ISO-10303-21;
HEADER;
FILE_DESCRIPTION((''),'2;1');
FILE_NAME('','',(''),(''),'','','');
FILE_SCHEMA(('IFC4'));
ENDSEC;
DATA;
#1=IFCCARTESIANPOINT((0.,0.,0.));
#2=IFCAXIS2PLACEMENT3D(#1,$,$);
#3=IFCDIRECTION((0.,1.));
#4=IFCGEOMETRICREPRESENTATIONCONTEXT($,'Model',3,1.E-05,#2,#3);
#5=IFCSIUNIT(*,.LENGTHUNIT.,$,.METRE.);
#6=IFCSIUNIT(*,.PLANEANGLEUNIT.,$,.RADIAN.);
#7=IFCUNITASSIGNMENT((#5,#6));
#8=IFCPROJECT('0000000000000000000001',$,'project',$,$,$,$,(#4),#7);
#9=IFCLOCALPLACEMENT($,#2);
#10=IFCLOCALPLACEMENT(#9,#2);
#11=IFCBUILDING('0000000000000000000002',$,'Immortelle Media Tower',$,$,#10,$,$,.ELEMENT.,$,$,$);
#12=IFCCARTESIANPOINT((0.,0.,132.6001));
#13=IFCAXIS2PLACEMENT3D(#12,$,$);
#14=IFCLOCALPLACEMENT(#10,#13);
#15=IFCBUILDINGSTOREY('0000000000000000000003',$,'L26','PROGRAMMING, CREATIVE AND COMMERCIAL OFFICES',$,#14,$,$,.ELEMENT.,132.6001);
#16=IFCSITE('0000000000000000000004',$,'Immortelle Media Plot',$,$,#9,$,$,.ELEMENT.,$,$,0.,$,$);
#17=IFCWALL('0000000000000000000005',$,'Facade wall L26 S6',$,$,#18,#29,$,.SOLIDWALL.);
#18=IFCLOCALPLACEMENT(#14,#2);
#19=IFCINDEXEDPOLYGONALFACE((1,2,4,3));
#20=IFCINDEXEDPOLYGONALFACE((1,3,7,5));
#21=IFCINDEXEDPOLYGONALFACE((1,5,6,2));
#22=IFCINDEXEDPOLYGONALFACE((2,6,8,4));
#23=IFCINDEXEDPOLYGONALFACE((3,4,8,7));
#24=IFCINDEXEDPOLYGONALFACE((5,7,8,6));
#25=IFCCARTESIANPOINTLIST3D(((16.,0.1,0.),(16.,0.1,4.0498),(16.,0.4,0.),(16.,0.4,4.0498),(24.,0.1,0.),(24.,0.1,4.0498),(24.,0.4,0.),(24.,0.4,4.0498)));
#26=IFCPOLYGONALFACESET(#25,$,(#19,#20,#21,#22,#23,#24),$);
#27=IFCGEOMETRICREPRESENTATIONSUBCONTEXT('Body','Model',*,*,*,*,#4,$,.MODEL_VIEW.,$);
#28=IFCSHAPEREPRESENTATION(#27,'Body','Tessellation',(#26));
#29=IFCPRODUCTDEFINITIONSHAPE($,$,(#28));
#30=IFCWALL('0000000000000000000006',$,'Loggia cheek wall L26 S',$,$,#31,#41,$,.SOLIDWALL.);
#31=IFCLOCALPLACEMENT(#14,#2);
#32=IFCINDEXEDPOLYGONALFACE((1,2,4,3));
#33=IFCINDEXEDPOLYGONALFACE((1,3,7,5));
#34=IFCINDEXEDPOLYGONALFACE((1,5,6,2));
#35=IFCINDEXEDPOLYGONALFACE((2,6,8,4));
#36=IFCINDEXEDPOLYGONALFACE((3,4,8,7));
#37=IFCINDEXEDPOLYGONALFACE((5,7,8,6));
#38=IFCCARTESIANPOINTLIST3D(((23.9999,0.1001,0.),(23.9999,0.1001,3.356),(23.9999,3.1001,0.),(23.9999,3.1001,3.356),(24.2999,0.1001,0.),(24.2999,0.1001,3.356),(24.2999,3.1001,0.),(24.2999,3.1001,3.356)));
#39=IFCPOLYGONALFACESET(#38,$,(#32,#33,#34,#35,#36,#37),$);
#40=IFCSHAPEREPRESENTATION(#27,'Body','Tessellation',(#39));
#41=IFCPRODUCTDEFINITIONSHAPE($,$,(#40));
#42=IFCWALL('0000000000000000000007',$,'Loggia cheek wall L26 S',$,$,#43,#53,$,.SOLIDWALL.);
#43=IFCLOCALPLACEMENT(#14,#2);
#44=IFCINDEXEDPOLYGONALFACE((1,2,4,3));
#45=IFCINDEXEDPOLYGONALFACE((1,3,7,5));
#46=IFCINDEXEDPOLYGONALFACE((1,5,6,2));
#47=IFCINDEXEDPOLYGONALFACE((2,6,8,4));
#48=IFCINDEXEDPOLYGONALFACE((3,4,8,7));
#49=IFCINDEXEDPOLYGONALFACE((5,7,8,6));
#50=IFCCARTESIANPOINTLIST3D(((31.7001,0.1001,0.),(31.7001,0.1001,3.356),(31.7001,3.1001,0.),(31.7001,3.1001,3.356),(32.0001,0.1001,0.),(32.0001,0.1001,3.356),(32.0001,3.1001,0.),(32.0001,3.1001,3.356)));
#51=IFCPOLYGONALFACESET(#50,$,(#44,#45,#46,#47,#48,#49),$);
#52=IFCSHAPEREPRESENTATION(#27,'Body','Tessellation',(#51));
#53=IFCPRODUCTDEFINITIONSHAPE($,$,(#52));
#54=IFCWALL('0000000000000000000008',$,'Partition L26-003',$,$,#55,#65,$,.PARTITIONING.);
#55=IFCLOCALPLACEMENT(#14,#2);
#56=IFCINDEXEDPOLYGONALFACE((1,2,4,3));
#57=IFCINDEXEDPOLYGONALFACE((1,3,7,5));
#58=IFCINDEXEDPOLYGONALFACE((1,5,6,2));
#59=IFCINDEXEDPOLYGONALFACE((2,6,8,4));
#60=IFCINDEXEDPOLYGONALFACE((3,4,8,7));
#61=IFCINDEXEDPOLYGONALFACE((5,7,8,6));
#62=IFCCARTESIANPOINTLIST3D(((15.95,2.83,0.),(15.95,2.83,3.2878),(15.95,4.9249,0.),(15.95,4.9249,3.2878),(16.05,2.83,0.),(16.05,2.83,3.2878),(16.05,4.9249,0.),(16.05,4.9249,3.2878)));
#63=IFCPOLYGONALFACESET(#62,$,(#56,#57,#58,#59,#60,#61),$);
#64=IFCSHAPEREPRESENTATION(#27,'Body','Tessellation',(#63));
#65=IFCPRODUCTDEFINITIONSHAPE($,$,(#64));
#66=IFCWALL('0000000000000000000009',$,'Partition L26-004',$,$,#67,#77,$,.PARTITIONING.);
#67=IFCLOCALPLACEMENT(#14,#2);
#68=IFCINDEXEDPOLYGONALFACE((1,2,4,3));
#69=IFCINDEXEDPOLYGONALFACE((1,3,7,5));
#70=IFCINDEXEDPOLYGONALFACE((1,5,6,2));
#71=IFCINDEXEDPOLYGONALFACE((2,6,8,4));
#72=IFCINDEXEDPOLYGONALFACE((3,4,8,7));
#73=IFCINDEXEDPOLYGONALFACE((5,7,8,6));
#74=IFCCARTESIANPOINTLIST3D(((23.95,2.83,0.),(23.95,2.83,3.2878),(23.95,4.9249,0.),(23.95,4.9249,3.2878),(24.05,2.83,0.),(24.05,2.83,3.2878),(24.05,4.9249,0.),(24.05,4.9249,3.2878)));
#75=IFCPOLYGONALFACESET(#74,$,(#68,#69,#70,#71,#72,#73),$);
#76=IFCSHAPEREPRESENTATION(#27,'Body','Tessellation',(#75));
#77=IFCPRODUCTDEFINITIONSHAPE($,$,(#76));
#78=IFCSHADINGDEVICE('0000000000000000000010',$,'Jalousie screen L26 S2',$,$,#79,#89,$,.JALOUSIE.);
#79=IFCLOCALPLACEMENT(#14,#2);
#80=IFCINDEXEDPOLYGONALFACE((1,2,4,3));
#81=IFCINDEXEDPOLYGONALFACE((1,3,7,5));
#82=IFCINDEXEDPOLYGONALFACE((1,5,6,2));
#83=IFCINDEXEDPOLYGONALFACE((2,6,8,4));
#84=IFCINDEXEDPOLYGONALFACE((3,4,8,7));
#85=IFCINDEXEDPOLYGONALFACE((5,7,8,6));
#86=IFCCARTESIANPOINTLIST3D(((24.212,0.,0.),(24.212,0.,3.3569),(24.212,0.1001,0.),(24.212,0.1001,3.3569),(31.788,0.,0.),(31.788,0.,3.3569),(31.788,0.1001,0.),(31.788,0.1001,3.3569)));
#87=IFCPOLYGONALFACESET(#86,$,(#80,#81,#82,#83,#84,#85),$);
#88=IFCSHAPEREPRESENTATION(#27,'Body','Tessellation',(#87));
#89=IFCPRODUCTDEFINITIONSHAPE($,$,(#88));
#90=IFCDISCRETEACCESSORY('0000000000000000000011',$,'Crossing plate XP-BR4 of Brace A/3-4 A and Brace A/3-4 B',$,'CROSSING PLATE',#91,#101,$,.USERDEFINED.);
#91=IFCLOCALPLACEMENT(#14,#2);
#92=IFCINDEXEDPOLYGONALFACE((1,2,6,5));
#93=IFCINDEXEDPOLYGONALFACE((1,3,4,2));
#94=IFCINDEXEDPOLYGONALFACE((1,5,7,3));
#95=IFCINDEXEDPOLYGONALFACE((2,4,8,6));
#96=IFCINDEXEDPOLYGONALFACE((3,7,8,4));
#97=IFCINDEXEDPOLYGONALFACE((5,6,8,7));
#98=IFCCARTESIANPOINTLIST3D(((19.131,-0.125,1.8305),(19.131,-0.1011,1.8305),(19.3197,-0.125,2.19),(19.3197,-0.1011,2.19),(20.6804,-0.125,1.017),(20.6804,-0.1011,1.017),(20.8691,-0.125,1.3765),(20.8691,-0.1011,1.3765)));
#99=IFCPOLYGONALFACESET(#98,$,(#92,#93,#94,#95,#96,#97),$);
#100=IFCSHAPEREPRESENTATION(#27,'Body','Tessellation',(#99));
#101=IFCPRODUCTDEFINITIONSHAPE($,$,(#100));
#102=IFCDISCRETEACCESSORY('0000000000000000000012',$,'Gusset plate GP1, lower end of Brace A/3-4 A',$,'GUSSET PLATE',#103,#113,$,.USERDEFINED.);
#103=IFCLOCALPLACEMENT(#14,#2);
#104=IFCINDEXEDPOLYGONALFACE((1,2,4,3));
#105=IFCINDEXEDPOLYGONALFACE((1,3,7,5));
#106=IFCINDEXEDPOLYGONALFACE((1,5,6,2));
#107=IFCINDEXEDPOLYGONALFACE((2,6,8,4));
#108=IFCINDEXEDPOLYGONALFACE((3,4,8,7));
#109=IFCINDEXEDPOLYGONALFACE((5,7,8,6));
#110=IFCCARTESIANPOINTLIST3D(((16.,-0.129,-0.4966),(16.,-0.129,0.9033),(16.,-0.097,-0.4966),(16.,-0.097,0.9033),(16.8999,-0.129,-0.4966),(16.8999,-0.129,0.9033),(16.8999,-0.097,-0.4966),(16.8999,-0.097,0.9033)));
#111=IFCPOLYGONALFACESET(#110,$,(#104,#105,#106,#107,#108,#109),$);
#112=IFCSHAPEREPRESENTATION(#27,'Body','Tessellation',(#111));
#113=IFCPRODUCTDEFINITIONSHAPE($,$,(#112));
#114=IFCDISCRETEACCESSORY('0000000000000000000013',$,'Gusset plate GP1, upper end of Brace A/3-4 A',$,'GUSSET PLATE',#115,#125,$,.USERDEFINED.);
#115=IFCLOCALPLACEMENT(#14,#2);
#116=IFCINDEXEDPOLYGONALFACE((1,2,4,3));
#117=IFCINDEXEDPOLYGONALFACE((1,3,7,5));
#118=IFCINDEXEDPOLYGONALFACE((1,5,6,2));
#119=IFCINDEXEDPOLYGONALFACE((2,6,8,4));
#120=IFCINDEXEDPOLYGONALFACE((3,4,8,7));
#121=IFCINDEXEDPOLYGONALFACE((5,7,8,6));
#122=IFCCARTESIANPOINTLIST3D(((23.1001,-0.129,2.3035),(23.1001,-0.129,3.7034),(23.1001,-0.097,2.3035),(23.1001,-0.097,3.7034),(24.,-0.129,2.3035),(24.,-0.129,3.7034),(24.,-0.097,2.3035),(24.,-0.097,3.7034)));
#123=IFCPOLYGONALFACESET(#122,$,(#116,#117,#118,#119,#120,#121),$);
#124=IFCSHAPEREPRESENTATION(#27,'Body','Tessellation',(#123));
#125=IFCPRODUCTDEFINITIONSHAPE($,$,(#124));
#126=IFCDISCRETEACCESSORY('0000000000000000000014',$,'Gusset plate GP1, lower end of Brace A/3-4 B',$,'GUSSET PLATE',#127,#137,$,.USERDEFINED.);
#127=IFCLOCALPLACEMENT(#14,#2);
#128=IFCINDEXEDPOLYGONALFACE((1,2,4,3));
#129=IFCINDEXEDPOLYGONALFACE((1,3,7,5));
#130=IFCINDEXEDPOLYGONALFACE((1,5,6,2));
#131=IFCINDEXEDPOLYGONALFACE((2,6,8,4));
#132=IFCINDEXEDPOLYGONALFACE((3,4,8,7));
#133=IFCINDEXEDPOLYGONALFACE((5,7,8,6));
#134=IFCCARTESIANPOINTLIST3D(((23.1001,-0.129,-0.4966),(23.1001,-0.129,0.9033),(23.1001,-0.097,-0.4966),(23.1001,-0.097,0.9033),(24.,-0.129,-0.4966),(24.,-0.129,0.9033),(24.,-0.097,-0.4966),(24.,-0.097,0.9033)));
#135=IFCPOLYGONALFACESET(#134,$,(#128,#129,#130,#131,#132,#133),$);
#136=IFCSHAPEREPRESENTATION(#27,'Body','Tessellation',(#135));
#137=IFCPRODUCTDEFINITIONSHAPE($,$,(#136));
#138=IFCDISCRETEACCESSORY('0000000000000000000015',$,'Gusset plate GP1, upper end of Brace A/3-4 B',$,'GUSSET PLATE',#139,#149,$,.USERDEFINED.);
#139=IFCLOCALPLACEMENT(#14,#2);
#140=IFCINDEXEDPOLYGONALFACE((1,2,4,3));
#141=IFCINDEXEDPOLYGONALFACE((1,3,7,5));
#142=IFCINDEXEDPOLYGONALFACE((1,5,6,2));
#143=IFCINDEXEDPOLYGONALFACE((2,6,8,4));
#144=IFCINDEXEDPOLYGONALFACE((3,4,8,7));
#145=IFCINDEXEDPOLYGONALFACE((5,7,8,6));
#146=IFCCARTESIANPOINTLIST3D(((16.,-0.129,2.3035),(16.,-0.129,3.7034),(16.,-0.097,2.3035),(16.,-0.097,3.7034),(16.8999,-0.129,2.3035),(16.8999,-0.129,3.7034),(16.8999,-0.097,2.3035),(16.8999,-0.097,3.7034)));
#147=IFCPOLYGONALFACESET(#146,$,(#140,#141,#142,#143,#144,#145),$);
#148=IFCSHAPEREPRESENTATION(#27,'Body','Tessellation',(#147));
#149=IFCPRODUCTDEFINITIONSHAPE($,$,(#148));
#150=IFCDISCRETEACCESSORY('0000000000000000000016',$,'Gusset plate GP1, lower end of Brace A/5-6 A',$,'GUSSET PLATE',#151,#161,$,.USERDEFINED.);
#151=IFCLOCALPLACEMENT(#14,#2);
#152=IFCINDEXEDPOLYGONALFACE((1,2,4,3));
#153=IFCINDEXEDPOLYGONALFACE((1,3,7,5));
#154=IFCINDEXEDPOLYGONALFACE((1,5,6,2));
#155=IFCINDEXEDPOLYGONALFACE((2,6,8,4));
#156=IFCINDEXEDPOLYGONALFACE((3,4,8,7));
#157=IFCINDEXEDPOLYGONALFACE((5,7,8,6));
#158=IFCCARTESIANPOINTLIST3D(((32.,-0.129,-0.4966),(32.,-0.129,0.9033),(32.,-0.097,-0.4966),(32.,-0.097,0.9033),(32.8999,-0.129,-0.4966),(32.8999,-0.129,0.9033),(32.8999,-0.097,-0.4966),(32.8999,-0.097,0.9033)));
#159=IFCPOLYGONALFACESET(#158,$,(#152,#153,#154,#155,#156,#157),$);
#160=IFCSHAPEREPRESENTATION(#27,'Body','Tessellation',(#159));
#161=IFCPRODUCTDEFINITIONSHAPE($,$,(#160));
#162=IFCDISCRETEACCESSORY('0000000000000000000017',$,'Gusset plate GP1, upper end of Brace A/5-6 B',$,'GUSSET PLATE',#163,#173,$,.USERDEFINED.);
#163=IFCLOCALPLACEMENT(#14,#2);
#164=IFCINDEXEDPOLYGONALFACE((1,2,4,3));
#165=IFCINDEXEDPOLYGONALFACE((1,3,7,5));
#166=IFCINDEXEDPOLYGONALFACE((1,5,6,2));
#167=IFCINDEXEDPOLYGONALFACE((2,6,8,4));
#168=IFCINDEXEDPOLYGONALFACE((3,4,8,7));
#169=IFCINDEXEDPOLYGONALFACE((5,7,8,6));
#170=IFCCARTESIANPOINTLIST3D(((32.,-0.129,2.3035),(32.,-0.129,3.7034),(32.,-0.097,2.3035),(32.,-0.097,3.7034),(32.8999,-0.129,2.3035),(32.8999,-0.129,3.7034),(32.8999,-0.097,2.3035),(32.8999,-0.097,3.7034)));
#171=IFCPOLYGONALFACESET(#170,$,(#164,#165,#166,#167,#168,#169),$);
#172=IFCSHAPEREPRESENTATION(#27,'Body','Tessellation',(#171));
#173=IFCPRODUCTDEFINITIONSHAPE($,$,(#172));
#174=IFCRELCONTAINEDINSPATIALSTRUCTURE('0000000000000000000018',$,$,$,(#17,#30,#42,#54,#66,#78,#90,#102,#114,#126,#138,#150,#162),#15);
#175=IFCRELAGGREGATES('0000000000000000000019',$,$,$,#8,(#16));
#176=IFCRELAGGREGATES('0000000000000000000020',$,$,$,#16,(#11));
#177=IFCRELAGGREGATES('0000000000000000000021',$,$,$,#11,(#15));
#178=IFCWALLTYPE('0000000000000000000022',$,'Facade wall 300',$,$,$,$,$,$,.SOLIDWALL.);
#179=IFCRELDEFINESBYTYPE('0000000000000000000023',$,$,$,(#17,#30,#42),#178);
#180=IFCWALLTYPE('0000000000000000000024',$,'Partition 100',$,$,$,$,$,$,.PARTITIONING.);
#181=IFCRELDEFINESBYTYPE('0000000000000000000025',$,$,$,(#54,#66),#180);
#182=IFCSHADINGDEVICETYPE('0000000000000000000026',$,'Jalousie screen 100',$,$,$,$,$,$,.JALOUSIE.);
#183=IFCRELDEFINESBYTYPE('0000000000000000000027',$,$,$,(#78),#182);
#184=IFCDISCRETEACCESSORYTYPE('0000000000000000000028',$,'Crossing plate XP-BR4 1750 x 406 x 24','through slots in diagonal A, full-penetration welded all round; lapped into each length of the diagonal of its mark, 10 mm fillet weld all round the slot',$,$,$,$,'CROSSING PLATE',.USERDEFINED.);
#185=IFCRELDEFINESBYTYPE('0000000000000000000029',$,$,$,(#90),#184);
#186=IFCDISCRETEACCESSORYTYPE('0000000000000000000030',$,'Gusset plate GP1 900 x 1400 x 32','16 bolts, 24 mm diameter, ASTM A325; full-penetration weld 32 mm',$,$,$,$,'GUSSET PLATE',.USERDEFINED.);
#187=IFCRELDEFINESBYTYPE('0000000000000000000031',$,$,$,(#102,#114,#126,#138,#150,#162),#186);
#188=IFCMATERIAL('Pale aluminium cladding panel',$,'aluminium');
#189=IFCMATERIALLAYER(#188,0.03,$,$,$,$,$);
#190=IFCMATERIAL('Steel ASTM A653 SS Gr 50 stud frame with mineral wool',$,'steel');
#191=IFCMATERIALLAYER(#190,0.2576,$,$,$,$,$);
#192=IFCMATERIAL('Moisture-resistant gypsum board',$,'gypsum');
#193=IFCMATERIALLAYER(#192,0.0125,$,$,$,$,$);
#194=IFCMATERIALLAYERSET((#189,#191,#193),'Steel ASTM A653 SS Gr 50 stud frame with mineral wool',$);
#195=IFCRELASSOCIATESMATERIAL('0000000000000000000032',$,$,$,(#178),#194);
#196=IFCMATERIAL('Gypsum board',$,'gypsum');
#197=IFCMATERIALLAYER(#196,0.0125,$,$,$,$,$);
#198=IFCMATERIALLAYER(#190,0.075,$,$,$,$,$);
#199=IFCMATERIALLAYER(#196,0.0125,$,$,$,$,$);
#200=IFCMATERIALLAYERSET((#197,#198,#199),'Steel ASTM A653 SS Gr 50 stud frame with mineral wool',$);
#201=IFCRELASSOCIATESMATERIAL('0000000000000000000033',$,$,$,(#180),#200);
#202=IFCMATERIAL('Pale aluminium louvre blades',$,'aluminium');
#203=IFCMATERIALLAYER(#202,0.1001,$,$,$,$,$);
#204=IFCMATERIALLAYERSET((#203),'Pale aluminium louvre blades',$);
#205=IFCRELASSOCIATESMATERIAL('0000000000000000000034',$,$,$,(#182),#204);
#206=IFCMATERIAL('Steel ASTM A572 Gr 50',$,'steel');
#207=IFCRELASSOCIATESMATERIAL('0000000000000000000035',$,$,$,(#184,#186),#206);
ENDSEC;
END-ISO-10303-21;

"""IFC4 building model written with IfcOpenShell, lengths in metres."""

from ifc_helpers import new_model, si_unit, direction, frame, frame_2d, origin, origin_2d, place, context, subcontext, project, spatial, rectangle, extrude, material, layer, layer_set, material_profile, profile_set, type_object, element, save


model = new_model("IFC4")

# Units and contexts
model_context = context("Model", 3, precision=1e-05, world=origin(), true_north=direction((0.0, 1.0)))
body_context = subcontext(model_context, "Body", "Model", "MODEL_VIEW")
ifc_project = project(units=[si_unit("LENGTHUNIT", "METRE"), si_unit("PLANEANGLEUNIT", "RADIAN")], contexts=[model_context])

# Site, building, storey
site_placement = place(None, origin())
site = spatial("IfcSite", under=ifc_project, at=site_placement, Name="Immortelle Media Plot", CompositionType="ELEMENT", RefElevation=0.0)
building_placement = place(site_placement, origin())
building = spatial("IfcBuilding", under=site, at=building_placement, Name="Immortelle Media Tower", CompositionType="ELEMENT")
storey_placement = place(building_placement, frame((0.0, 0.0, 132.6001)))
storey = spatial("IfcBuildingStorey", under=building, at=storey_placement, Name="L26", Description="PROGRAMMING, CREATIVE AND COMMERCIAL OFFICES", CompositionType="ELEMENT", Elevation=132.6001)

# Wall
ifc_material_1 = material(Name="Pale aluminium cladding panel", Category="aluminium")
ifc_layer_1 = layer(ifc_material_1, 0.03)
ifc_material_2 = material(Name="Steel ASTM A653 SS Gr 50 stud frame with mineral wool", Category="steel")
ifc_layer_2 = layer(ifc_material_2, 0.2576)
ifc_material_3 = material(Name="Moisture-resistant gypsum board", Category="gypsum")
ifc_layer_3 = layer(ifc_material_3, 0.0125)
ifc_layer_set_1 = layer_set([ifc_layer_1, ifc_layer_2, ifc_layer_3], Name="Steel ASTM A653 SS Gr 50 stud frame with mineral wool")
wall_type_1 = type_object("IfcWallType", Name="Facade wall 300", PredefinedType="SOLIDWALL", material=ifc_layer_set_1)
wall_1_placement = place(storey_placement, frame((16.0, 0.25, 0.0), z_axis=(0.0, 0.0, 1.0), x_axis=(1.0, 0.0, 0.0)))
element("IfcWall", 1, at=wall_1_placement, inside=storey, type_object=wall_type_1, Name="Facade wall L26 S6", PredefinedType="SOLIDWALL", context=body_context, shape_type="SweptSolid", body=[
    extrude(rectangle(XDim=8.0, YDim=0.3, at=frame_2d((4.0, 0.0))), origin(), (0.0, 0.0, 1.0), 4.0498),
])

# Walls
for number, where, z_axis, x_axis, name in (
    (2, (24.1499, 0.1001, 0.0), (0.0, 0.0, 1.0), (0.0, 1.0, 0.0), "Loggia cheek wall L26 S"),
    (3, (31.8501, 0.1001, 0.0), (0.0, 0.0, 1.0), (0.0, 1.0, 0.0), "Loggia cheek wall L26 S"),
):
    element("IfcWall", number, at=place(storey_placement, frame(where, z_axis=z_axis, x_axis=x_axis)), inside=storey, type_object=wall_type_1, Name=name, PredefinedType="SOLIDWALL", context=body_context, shape_type="SweptSolid", body=[
        extrude(rectangle(XDim=3.0, YDim=0.3, at=frame_2d((1.5, 0.0))), origin(), (0.0, 0.0, 1.0), 3.356),
    ])
ifc_material_4 = material(Name="Gypsum board", Category="gypsum")
ifc_layer_4 = layer(ifc_material_4, 0.0125)
ifc_layer_5 = layer(ifc_material_2, 0.075)
ifc_layer_6 = layer(ifc_material_4, 0.0125)
ifc_layer_set_2 = layer_set([ifc_layer_4, ifc_layer_5, ifc_layer_6], Name="Steel ASTM A653 SS Gr 50 stud frame with mineral wool")
wall_type_2 = type_object("IfcWallType", Name="Partition 100", PredefinedType="PARTITIONING", material=ifc_layer_set_2)
for number, where, z_axis, x_axis, name in (
    (4, (16.0, 2.8301, 0.0), (0.0, 0.0, 1.0), (0.0, 1.0, 0.0), "Partition L26-003"),
    (5, (24.0, 2.8301, 0.0), (0.0, 0.0, 1.0), (0.0, 1.0, 0.0), "Partition L26-004"),
):
    element("IfcWall", number, at=place(storey_placement, frame(where, z_axis=z_axis, x_axis=x_axis)), inside=storey, type_object=wall_type_2, Name=name, PredefinedType="PARTITIONING", context=body_context, shape_type="SweptSolid", body=[
        extrude(rectangle(XDim=2.095, YDim=0.1001, at=frame_2d((1.0474, 0.0))), origin(), (0.0, 0.0, 1.0), 3.2878),
    ])

# Shading device
ifc_material_5 = material(Name="Pale aluminium louvre blades", Category="aluminium")
ifc_layer_7 = layer(ifc_material_5, 0.1001)
ifc_layer_set_3 = layer_set([ifc_layer_7], Name="Pale aluminium louvre blades")
shading_device_type = type_object("IfcShadingDeviceType", Name="Jalousie screen 100", PredefinedType="JALOUSIE", material=ifc_layer_set_3)
shading_device_placement = place(storey_placement, frame((28.0, 0.05, 0.0), z_axis=(0.0, 0.0, 1.0), x_axis=(1.0, 0.0, 0.0)))
element("IfcShadingDevice", 6, at=shading_device_placement, inside=storey, type_object=shading_device_type, Name="Jalousie screen L26 S2", PredefinedType="JALOUSIE", context=body_context, shape_type="SweptSolid", body=[
    extrude(rectangle(XDim=7.5759, YDim=0.1001, at=origin_2d()), origin(), (0.0, 0.0, 1.0), 3.3569),
])

# Discrete accessories
ifc_material_6 = material(Name="Steel ASTM A572 Gr 50", Category="steel")
ifc_material_profile_1 = material_profile(ifc_material_6, rectangle(XDim=0.0239, YDim=0.406, at=origin_2d()), Name="PL 24 x 406")
ifc_profile_set_1 = profile_set([ifc_material_profile_1], Name="Steel ASTM A572 Gr 50")
discrete_accessory_type_1 = type_object("IfcDiscreteAccessoryType", Name="Crossing plate XP-BR4 1750 x 406 x 24", Description="through slots in diagonal A, full-penetration welded all round; lapped into each length of the diagonal of its mark, 10 mm fillet weld all round the slot", ElementType="CROSSING PLATE", PredefinedType="USERDEFINED", material=ifc_profile_set_1)
discrete_accessory_placement = place(storey_placement, frame((19.2253, -0.113, 2.0103), z_axis=(0.885378, 0.0, -0.464872), x_axis=(0.0, 1.0, 0.0)))
element("IfcDiscreteAccessory", 7, at=discrete_accessory_placement, inside=storey, type_object=discrete_accessory_type_1, Name="Crossing plate XP-BR4 of Brace A/3-4 A and Brace A/3-4 B", ObjectType="CROSSING PLATE", PredefinedType="USERDEFINED", context=body_context, shape_type="SweptSolid", body=[
    extrude(rectangle(XDim=0.0239, YDim=0.406, at=origin_2d()), origin(), (0.0, 0.0, 1.0), 1.75),
])
ifc_material_profile_2 = material_profile(ifc_material_6, rectangle(XDim=0.032, YDim=1.3999, at=origin_2d()), Name="PL 32 x 1400")
ifc_profile_set_2 = profile_set([ifc_material_profile_2], Name="Steel ASTM A572 Gr 50")
discrete_accessory_type_2 = type_object("IfcDiscreteAccessoryType", Name="Gusset plate GP1 900 x 1400 x 32", Description="16 bolts, 24 mm diameter, ASTM A325; full-penetration weld 32 mm", ElementType="GUSSET PLATE", PredefinedType="USERDEFINED", material=ifc_profile_set_2)
for number, where, z_axis, x_axis, name in (
    (8, (16.0, -0.113, 0.2034), (1.0, 0.0, 0.0), (0.0, 1.0, 0.0), "Gusset plate GP1, lower end of Brace A/3-4 A"),
    (9, (24.0, -0.113, 3.0034), (-1.0, 0.0, 0.0), (0.0, -1.0, 0.0), "Gusset plate GP1, upper end of Brace A/3-4 A"),
    (10, (24.0, -0.113, 0.2034), (-1.0, 0.0, 0.0), (0.0, -1.0, 0.0), "Gusset plate GP1, lower end of Brace A/3-4 B"),
    (11, (16.0, -0.113, 3.0034), (1.0, 0.0, 0.0), (0.0, 1.0, 0.0), "Gusset plate GP1, upper end of Brace A/3-4 B"),
    (12, (32.0, -0.113, 0.2034), (1.0, 0.0, 0.0), (0.0, 1.0, 0.0), "Gusset plate GP1, lower end of Brace A/5-6 A"),
    (13, (32.0, -0.113, 3.0034), (1.0, 0.0, 0.0), (0.0, 1.0, 0.0), "Gusset plate GP1, upper end of Brace A/5-6 B"),
):
    element("IfcDiscreteAccessory", number, at=place(storey_placement, frame(where, z_axis=z_axis, x_axis=x_axis)), inside=storey, type_object=discrete_accessory_type_2, Name=name, ObjectType="GUSSET PLATE", PredefinedType="USERDEFINED", context=body_context, shape_type="SweptSolid", body=[
        extrude(rectangle(XDim=0.032, YDim=1.3999, at=origin_2d()), origin(), (0.0, 0.0, 1.0), 0.8999),
    ])

save(model, "model.ifc")
